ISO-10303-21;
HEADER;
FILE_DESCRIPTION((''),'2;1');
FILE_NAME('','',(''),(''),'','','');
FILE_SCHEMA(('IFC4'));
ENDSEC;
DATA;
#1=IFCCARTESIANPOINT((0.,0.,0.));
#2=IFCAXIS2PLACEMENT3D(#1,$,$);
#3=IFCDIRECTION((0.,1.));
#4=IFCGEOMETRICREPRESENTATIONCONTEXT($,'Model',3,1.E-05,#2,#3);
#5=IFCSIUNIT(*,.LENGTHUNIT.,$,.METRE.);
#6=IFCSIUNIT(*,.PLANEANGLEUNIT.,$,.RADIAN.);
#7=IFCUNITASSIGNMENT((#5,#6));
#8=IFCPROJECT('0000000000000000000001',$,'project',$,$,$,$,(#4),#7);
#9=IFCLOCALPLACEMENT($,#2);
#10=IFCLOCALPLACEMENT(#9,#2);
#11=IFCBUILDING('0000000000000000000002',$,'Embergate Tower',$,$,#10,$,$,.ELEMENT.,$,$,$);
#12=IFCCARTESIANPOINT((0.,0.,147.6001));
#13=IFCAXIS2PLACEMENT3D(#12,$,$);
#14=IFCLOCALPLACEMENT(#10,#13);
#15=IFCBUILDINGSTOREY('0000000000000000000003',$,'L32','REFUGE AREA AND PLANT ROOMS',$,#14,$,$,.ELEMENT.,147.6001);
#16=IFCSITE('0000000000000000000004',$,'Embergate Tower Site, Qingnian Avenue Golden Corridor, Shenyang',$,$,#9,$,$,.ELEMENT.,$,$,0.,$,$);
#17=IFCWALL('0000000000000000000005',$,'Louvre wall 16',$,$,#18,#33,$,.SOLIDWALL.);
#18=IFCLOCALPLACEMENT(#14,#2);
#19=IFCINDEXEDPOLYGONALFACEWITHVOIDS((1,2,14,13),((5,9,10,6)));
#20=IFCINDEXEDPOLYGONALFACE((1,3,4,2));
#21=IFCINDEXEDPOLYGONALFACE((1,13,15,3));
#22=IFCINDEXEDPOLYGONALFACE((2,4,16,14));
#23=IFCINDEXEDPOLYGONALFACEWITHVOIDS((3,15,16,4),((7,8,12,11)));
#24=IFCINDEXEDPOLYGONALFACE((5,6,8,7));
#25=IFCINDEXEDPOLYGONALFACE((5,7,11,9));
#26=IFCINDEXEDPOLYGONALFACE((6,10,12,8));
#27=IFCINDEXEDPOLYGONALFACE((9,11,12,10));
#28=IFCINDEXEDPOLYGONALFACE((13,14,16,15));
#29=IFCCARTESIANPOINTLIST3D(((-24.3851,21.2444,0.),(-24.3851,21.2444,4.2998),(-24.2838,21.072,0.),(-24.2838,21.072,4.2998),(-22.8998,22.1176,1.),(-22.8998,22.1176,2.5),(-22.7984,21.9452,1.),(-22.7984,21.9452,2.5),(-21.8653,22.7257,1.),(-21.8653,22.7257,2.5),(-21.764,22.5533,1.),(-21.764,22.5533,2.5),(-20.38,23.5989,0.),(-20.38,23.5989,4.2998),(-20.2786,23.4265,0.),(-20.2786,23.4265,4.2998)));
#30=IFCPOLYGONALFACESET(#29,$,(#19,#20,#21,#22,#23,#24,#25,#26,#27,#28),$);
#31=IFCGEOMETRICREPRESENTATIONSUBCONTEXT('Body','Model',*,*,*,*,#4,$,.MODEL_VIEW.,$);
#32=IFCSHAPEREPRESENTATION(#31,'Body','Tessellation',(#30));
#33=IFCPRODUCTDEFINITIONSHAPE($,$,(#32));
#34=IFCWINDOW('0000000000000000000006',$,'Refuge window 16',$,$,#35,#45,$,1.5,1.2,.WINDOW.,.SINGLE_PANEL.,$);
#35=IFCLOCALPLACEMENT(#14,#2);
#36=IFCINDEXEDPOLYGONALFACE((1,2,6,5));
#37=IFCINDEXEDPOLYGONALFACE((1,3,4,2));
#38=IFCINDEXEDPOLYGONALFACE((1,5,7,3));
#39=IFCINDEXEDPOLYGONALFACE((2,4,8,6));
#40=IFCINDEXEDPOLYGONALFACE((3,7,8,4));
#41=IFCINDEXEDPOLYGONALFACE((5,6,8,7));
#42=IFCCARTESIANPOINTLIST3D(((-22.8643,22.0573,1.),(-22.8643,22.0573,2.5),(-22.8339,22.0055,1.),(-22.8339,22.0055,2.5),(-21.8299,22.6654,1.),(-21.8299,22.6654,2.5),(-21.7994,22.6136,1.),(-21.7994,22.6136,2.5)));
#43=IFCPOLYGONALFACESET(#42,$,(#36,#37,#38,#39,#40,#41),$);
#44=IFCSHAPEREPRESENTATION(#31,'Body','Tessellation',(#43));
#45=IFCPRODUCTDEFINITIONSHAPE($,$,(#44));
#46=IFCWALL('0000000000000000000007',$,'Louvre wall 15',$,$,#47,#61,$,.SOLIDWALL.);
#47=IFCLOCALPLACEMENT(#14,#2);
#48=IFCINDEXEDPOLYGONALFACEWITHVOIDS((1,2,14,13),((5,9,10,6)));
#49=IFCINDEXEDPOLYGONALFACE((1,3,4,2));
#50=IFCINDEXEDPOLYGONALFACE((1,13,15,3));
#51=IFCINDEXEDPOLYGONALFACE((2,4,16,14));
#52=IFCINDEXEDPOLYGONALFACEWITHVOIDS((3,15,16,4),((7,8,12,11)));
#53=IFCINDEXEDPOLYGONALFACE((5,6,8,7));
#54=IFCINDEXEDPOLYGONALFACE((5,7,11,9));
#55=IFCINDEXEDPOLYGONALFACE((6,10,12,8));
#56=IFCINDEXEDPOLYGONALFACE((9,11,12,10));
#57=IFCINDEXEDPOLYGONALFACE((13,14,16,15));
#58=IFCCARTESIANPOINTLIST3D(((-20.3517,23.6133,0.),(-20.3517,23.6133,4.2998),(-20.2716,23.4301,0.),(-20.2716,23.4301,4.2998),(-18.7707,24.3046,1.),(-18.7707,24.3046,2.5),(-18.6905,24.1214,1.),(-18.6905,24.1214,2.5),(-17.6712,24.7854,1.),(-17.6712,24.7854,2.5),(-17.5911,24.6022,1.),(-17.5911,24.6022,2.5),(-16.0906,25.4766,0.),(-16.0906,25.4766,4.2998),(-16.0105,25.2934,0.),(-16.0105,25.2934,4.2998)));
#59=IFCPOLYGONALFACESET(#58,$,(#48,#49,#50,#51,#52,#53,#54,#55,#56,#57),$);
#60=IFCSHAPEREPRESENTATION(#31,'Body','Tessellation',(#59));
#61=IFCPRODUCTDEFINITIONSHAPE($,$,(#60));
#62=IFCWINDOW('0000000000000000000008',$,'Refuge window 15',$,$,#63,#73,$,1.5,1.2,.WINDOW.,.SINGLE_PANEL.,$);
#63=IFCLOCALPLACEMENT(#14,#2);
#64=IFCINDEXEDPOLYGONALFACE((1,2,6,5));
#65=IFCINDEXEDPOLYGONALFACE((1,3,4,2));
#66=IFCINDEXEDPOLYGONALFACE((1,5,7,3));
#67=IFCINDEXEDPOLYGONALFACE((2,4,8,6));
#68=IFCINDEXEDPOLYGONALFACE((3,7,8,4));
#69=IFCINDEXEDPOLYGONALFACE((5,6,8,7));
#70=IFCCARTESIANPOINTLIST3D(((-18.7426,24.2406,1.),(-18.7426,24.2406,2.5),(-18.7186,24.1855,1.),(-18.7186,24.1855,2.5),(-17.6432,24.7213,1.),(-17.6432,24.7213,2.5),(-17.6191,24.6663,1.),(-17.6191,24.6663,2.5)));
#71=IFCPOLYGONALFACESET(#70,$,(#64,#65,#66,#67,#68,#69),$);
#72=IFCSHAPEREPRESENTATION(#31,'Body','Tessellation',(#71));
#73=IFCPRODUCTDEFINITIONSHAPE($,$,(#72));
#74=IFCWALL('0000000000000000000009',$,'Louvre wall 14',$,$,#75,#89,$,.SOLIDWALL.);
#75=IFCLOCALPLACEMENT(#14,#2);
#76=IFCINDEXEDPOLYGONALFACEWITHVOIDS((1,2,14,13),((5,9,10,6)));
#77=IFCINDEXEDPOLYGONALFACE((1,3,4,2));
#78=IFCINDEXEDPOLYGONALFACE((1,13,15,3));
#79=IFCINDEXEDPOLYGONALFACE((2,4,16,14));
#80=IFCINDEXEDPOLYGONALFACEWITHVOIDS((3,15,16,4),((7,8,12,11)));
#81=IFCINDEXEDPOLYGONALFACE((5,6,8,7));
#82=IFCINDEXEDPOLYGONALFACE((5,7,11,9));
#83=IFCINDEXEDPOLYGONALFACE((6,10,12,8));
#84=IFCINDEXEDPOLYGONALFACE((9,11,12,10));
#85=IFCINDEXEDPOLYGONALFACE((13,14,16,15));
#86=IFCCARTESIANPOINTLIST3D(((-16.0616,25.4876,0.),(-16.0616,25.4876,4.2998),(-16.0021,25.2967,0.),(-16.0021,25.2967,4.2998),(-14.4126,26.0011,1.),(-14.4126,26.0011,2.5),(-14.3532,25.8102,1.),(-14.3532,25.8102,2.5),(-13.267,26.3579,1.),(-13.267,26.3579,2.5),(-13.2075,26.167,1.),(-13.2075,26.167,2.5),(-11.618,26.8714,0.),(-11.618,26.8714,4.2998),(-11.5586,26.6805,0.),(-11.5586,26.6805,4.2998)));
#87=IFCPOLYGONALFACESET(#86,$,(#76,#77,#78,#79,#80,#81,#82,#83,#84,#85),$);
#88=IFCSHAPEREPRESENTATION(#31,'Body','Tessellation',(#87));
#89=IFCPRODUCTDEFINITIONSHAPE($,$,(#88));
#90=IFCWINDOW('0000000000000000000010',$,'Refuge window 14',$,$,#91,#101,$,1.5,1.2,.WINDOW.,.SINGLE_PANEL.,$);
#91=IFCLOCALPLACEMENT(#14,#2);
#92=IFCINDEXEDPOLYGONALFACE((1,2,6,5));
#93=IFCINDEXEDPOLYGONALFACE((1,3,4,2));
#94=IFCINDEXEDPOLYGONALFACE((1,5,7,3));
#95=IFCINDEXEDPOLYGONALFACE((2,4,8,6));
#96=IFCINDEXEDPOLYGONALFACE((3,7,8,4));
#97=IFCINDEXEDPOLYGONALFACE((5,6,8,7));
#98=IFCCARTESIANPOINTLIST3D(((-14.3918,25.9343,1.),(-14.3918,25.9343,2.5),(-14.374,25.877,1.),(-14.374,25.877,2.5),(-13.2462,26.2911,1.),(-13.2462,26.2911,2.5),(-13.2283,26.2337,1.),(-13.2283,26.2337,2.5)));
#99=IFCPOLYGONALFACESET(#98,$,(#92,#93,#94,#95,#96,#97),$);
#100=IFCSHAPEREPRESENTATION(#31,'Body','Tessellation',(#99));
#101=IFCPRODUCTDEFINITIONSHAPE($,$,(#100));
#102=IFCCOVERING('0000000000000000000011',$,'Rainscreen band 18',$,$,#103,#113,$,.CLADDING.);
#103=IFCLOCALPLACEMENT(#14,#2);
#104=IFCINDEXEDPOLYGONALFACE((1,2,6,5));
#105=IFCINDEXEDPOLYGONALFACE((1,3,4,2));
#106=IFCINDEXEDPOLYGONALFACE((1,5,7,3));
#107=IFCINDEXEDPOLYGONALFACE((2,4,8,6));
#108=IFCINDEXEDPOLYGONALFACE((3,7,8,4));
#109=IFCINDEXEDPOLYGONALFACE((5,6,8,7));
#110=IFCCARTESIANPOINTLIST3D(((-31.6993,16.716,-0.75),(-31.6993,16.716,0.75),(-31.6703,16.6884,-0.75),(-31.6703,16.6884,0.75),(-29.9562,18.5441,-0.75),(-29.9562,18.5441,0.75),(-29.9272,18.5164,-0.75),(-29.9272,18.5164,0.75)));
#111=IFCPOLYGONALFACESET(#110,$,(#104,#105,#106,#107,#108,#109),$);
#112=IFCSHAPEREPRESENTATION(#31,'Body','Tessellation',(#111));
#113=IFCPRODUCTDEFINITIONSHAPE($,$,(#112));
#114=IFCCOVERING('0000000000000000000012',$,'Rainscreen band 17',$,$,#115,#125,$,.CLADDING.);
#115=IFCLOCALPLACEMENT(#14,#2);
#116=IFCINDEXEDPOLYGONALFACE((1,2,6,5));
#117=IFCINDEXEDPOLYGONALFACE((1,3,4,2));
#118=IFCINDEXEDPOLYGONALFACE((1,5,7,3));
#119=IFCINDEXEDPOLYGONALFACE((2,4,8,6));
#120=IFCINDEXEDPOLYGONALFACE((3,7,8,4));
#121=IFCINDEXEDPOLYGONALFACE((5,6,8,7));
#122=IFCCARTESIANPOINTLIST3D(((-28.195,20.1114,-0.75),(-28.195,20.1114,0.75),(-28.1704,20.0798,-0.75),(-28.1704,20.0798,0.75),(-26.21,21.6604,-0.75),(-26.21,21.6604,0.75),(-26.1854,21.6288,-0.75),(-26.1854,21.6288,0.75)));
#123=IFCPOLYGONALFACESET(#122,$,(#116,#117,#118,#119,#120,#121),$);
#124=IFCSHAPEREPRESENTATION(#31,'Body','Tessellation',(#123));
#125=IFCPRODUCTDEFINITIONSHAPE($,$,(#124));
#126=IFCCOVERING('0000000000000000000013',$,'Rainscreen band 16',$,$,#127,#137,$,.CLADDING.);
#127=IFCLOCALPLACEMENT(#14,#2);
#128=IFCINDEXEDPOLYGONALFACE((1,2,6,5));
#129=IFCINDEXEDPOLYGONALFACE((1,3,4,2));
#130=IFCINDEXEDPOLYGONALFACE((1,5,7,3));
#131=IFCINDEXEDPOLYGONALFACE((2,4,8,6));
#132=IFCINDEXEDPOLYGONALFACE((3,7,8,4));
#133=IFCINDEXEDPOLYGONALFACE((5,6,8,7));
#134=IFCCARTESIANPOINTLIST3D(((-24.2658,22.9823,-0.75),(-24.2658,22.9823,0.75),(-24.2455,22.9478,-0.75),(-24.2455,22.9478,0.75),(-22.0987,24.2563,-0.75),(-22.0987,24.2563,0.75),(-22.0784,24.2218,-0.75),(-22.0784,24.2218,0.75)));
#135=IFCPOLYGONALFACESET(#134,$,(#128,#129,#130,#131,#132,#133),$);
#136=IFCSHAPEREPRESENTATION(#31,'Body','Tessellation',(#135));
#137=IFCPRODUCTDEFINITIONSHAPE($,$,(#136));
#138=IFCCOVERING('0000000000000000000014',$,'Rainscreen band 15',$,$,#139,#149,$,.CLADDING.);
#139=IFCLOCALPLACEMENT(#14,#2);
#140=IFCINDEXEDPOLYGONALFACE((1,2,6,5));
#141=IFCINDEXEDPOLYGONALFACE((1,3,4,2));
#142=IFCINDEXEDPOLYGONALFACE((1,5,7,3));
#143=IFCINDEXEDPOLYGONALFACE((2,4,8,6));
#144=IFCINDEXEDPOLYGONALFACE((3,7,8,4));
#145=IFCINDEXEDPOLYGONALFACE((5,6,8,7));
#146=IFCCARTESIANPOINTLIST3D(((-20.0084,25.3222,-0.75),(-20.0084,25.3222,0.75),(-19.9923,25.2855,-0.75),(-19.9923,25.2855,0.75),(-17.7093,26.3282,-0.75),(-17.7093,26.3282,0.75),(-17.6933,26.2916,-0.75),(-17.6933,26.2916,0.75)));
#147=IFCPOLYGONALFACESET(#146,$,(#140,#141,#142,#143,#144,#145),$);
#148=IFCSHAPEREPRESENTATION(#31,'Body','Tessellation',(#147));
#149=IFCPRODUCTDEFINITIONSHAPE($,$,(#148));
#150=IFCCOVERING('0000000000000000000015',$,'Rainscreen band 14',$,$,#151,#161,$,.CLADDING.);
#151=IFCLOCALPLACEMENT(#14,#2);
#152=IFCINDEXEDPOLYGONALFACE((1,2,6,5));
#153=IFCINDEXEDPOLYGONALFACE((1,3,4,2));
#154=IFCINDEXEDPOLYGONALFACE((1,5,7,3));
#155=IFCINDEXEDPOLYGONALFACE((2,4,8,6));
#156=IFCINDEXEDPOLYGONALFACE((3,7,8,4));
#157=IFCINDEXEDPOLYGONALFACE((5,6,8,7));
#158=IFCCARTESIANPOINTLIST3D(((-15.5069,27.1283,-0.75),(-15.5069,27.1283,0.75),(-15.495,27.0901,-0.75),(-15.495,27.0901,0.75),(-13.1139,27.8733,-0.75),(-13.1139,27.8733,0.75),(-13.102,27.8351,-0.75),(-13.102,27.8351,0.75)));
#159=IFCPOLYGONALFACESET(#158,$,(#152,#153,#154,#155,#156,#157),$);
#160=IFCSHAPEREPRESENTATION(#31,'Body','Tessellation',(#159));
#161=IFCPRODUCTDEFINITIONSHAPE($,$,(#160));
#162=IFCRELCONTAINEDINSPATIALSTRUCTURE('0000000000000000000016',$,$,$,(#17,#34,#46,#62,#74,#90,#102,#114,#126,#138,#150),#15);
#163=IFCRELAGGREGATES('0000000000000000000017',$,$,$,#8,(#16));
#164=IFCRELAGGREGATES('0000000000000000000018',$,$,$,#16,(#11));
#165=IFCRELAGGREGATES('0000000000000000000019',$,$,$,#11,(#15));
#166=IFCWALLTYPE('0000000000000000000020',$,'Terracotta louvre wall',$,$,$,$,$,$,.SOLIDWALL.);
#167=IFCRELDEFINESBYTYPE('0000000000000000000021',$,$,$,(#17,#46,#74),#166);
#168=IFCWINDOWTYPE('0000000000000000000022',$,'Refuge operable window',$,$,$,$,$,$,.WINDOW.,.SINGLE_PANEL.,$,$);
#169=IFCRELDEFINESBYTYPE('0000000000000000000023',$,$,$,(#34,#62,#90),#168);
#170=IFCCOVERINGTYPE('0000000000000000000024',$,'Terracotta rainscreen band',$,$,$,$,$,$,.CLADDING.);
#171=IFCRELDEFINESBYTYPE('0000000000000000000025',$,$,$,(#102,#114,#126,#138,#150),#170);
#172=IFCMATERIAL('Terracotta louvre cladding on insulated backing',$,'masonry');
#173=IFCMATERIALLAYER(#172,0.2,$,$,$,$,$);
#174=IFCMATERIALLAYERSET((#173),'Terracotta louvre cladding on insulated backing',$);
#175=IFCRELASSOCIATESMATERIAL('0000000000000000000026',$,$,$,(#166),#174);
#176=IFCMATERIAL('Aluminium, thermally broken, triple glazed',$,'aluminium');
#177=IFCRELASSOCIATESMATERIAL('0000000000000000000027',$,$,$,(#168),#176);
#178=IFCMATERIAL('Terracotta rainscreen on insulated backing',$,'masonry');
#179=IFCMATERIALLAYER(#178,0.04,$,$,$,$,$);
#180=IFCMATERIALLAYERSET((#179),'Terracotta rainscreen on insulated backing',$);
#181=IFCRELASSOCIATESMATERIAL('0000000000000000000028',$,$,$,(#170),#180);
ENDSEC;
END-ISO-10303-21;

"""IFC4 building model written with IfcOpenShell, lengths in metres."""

from ifc_helpers import new_model, si_unit, direction, frame, frame_2d, origin, origin_2d, place, context, subcontext, project, spatial, rectangle, extrude, source, transform, mapped, material, layer, layer_set, type_object, element, fill, save


model = new_model("IFC4")

# Units and contexts
model_context = context("Model", 3, precision=1e-05, world=origin(), true_north=direction((0.0, 1.0)))
body_context = subcontext(model_context, "Body", "Model", "MODEL_VIEW")
ifc_project = project(units=[si_unit("LENGTHUNIT", "METRE"), si_unit("PLANEANGLEUNIT", "RADIAN")], contexts=[model_context])

# Site, building, storey
site_placement = place(None, origin())
site = spatial("IfcSite", under=ifc_project, at=site_placement, Name="Embergate Tower Site, Qingnian Avenue Golden Corridor, Shenyang", CompositionType="ELEMENT", RefElevation=0.0)
building_placement = place(site_placement, origin())
building = spatial("IfcBuilding", under=site, at=building_placement, Name="Embergate Tower", CompositionType="ELEMENT")
storey_placement = place(building_placement, frame((0.0, 0.0, 147.6001)))
storey = spatial("IfcBuildingStorey", under=building, at=storey_placement, Name="L32", Description="REFUGE AREA AND PLANT ROOMS", CompositionType="ELEMENT", Elevation=147.6001)

# Walls, openings, windows
ifc_material_1 = material(Name="Terracotta louvre cladding on insulated backing", Category="masonry")
ifc_layer_1 = layer(ifc_material_1, 0.2)
ifc_layer_set_1 = layer_set([ifc_layer_1], Name="Terracotta louvre cladding on insulated backing")
wall_type = type_object("IfcWallType", Name="Terracotta louvre wall", PredefinedType="SOLIDWALL", material=ifc_layer_set_1)
shared_shape_1 = source(origin(), body_context, "Body", "SweptSolid", [
    extrude(rectangle(XDim=1.2, YDim=1.5, at=frame_2d((0.6001, 0.75))), frame((0.0, 0.1099, 0.0), z_axis=(0.0, -1.0, 0.0), x_axis=(1.0, 0.0, 0.0)), (0.0, 0.0, 1.0), 0.22),
])
ifc_material_2 = material(Name="Aluminium, thermally broken, triple glazed", Category="aluminium")
window_type = type_object("IfcWindowType", Name="Refuge operable window", PartitioningType="SINGLE_PANEL", PredefinedType="WINDOW", material=ifc_material_2)
shared_shape_2 = source(origin(), body_context, "Body", "SweptSolid", [
    extrude(rectangle(XDim=1.2, YDim=1.5, at=frame_2d((0.6001, 0.75))), frame((0.0, 0.03, 0.0), z_axis=(0.0, -1.0, 0.0), x_axis=(1.0, 0.0, 0.0)), (0.0, 0.0, 1.0), 0.0601),
])
shared_shape_3 = source(origin(), body_context, "Body", "SweptSolid", [
    extrude(rectangle(XDim=4.646, YDim=0.2, at=frame_2d((2.323, 0.0))), origin(), (0.0, 0.0, 1.0), 4.2998),
])
wall_1_placement = place(storey_placement, frame((-24.3345, 21.1582, 0.0), z_axis=(0.0, 0.0, 1.0), x_axis=(0.862072, 0.506786, 0.0)))
wall_1 = element("IfcWall", 1, at=wall_1_placement, inside=storey, type_object=wall_type, Name="Louvre wall 16", PredefinedType="SOLIDWALL", context=body_context, shape_type="MappedRepresentation", body=[
    mapped(shared_shape_3, transform((0.0, 0.0, 0.0))),
])
opening_1_placement = place(wall_1_placement, frame((1.7229, 0.0, 1.0)))
opening_1 = element("IfcOpeningElement", 2, at=opening_1_placement, cuts=wall_1, PredefinedType="OPENING", context=body_context, shape_type="MappedRepresentation", body=[
    mapped(shared_shape_1, transform((0.0, 0.0, 0.0))),
])
window_1_placement = place(opening_1_placement, origin())
window_1 = element("IfcWindow", 3, at=window_1_placement, inside=storey, type_object=window_type, Name="Refuge window 16", OverallHeight=1.5, OverallWidth=1.2, PartitioningType="SINGLE_PANEL", PredefinedType="WINDOW", context=body_context, shape_type="MappedRepresentation", body=[
    mapped(shared_shape_2, transform((0.0, 0.0, 0.0))),
])
fill(opening_1, window_1)
shared_shape_4 = source(origin(), body_context, "Body", "SweptSolid", [
    extrude(rectangle(XDim=4.6506, YDim=0.2, at=frame_2d((2.3252, 0.0))), origin(), (0.0, 0.0, 1.0), 4.2998),
])
wall_2_placement = place(storey_placement, frame((-20.3115, 23.5217, 0.0), z_axis=(0.0, 0.0, 1.0), x_axis=(0.916228, 0.400656, 0.0)))
wall_2 = element("IfcWall", 4, at=wall_2_placement, inside=storey, type_object=wall_type, Name="Louvre wall 15", PredefinedType="SOLIDWALL", context=body_context, shape_type="MappedRepresentation", body=[
    mapped(shared_shape_4, transform((0.0, 0.0, 0.0))),
])
opening_2_placement = place(wall_2_placement, frame((1.7253, 0.0, 1.0)))
opening_2 = element("IfcOpeningElement", 5, at=opening_2_placement, cuts=wall_2, PredefinedType="OPENING", context=body_context, shape_type="MappedRepresentation", body=[
    mapped(shared_shape_1, transform((0.0, 0.0, 0.0))),
])
window_2_placement = place(opening_2_placement, origin())
window_2 = element("IfcWindow", 6, at=window_2_placement, inside=storey, type_object=window_type, Name="Refuge window 15", OverallHeight=1.5, OverallWidth=1.2, PartitioningType="SINGLE_PANEL", PredefinedType="WINDOW", context=body_context, shape_type="MappedRepresentation", body=[
    mapped(shared_shape_2, transform((0.0, 0.0, 0.0))),
])
fill(opening_2, window_2)
shared_shape_5 = source(origin(), body_context, "Body", "SweptSolid", [
    extrude(rectangle(XDim=4.6541, YDim=0.2, at=frame_2d((2.3271, 0.0))), origin(), (0.0, 0.0, 1.0), 4.2998),
])
wall_3_placement = place(storey_placement, frame((-16.032, 25.3921, 0.0), z_axis=(0.0, 0.0, 1.0), x_axis=(0.954775, 0.297328, 0.0)))
wall_3 = element("IfcWall", 7, at=wall_3_placement, inside=storey, type_object=wall_type, Name="Louvre wall 14", PredefinedType="SOLIDWALL", context=body_context, shape_type="MappedRepresentation", body=[
    mapped(shared_shape_5, transform((0.0, 0.0, 0.0))),
])
opening_3_placement = place(wall_3_placement, frame((1.7271, 0.0, 1.0)))
opening_3 = element("IfcOpeningElement", 8, at=opening_3_placement, cuts=wall_3, PredefinedType="OPENING", context=body_context, shape_type="MappedRepresentation", body=[
    mapped(shared_shape_1, transform((0.0, 0.0, 0.0))),
])
window_3_placement = place(opening_3_placement, origin())
window_3 = element("IfcWindow", 9, at=window_3_placement, inside=storey, type_object=window_type, Name="Refuge window 14", OverallHeight=1.5, OverallWidth=1.2, PartitioningType="SINGLE_PANEL", PredefinedType="WINDOW", context=body_context, shape_type="MappedRepresentation", body=[
    mapped(shared_shape_2, transform((0.0, 0.0, 0.0))),
])
fill(opening_3, window_3)

# Coverings
ifc_material_3 = material(Name="Terracotta rainscreen on insulated backing", Category="masonry")
ifc_layer_2 = layer(ifc_material_3, 0.04)
ifc_layer_set_2 = layer_set([ifc_layer_2], Name="Terracotta rainscreen on insulated backing")
covering_type = type_object("IfcCoveringType", Name="Terracotta rainscreen band", PredefinedType="CLADDING", material=ifc_layer_set_2)
shared_shape_6 = source(origin(), body_context, "Body", "SweptSolid", [
    extrude(rectangle(XDim=2.5259, YDim=0.04, at=origin_2d()), origin(), (0.0, 0.0, 1.0), 1.5),
])
covering_1_placement = place(storey_placement, frame((-30.8132, 17.6162, -0.75), z_axis=(0.0, 0.0, 1.0), x_axis=(-0.690081, -0.723732, 0.0)))
element("IfcCovering", 10, at=covering_1_placement, inside=storey, type_object=covering_type, Name="Rainscreen band 18", PredefinedType="CLADDING", context=body_context, shape_type="MappedRepresentation", body=[
    mapped(shared_shape_6, transform((0.0, 0.0, 0.0))),
])
shared_shape_7 = source(origin(), body_context, "Body", "SweptSolid", [
    extrude(rectangle(XDim=2.5178, YDim=0.04, at=origin_2d()), origin(), (0.0, 0.0, 1.0), 1.5),
])
covering_2_placement = place(storey_placement, frame((-27.1902, 20.8701, -0.75), z_axis=(0.0, 0.0, 1.0), x_axis=(-0.788367, -0.615205, 0.0)))
element("IfcCovering", 11, at=covering_2_placement, inside=storey, type_object=covering_type, Name="Rainscreen band 17", PredefinedType="CLADDING", context=body_context, shape_type="MappedRepresentation", body=[
    mapped(shared_shape_7, transform((0.0, 0.0, 0.0))),
])
shared_shape_8 = source(origin(), body_context, "Body", "SweptSolid", [
    extrude(rectangle(XDim=2.5139, YDim=0.04, at=origin_2d()), origin(), (0.0, 0.0, 1.0), 1.5),
])
covering_3_placement = place(storey_placement, frame((-23.1721, 23.6021, -0.75), z_axis=(0.0, 0.0, 1.0), x_axis=(-0.862057, -0.506812, 0.0)))
element("IfcCovering", 12, at=covering_3_placement, inside=storey, type_object=covering_type, Name="Rainscreen band 16", PredefinedType="CLADDING", context=body_context, shape_type="MappedRepresentation", body=[
    mapped(shared_shape_8, transform((0.0, 0.0, 0.0))),
])
shared_shape_9 = source(origin(), body_context, "Body", "SweptSolid", [
    extrude(rectangle(XDim=2.5095, YDim=0.04, at=origin_2d()), origin(), (0.0, 0.0, 1.0), 1.5),
])
covering_4_placement = place(storey_placement, frame((-18.8508, 25.8069, -0.75), z_axis=(0.0, 0.0, 1.0), x_axis=(-0.91613, -0.400882, 0.0)))
element("IfcCovering", 13, at=covering_4_placement, inside=storey, type_object=covering_type, Name="Rainscreen band 15", PredefinedType="CLADDING", context=body_context, shape_type="MappedRepresentation", body=[
    mapped(shared_shape_9, transform((0.0, 0.0, 0.0))),
])
shared_shape_10 = source(origin(), body_context, "Body", "SweptSolid", [
    extrude(rectangle(XDim=2.5063, YDim=0.04, at=origin_2d()), origin(), (0.0, 0.0, 1.0), 1.5),
])
covering_5_placement = place(storey_placement, frame((-14.3044, 27.4817, -0.75), z_axis=(0.0, 0.0, 1.0), x_axis=(-0.954799, -0.297253, 0.0)))
element("IfcCovering", 14, at=covering_5_placement, inside=storey, type_object=covering_type, Name="Rainscreen band 14", PredefinedType="CLADDING", context=body_context, shape_type="MappedRepresentation", body=[
    mapped(shared_shape_10, transform((0.0, 0.0, 0.0))),
])

save(model, "model.ifc")
